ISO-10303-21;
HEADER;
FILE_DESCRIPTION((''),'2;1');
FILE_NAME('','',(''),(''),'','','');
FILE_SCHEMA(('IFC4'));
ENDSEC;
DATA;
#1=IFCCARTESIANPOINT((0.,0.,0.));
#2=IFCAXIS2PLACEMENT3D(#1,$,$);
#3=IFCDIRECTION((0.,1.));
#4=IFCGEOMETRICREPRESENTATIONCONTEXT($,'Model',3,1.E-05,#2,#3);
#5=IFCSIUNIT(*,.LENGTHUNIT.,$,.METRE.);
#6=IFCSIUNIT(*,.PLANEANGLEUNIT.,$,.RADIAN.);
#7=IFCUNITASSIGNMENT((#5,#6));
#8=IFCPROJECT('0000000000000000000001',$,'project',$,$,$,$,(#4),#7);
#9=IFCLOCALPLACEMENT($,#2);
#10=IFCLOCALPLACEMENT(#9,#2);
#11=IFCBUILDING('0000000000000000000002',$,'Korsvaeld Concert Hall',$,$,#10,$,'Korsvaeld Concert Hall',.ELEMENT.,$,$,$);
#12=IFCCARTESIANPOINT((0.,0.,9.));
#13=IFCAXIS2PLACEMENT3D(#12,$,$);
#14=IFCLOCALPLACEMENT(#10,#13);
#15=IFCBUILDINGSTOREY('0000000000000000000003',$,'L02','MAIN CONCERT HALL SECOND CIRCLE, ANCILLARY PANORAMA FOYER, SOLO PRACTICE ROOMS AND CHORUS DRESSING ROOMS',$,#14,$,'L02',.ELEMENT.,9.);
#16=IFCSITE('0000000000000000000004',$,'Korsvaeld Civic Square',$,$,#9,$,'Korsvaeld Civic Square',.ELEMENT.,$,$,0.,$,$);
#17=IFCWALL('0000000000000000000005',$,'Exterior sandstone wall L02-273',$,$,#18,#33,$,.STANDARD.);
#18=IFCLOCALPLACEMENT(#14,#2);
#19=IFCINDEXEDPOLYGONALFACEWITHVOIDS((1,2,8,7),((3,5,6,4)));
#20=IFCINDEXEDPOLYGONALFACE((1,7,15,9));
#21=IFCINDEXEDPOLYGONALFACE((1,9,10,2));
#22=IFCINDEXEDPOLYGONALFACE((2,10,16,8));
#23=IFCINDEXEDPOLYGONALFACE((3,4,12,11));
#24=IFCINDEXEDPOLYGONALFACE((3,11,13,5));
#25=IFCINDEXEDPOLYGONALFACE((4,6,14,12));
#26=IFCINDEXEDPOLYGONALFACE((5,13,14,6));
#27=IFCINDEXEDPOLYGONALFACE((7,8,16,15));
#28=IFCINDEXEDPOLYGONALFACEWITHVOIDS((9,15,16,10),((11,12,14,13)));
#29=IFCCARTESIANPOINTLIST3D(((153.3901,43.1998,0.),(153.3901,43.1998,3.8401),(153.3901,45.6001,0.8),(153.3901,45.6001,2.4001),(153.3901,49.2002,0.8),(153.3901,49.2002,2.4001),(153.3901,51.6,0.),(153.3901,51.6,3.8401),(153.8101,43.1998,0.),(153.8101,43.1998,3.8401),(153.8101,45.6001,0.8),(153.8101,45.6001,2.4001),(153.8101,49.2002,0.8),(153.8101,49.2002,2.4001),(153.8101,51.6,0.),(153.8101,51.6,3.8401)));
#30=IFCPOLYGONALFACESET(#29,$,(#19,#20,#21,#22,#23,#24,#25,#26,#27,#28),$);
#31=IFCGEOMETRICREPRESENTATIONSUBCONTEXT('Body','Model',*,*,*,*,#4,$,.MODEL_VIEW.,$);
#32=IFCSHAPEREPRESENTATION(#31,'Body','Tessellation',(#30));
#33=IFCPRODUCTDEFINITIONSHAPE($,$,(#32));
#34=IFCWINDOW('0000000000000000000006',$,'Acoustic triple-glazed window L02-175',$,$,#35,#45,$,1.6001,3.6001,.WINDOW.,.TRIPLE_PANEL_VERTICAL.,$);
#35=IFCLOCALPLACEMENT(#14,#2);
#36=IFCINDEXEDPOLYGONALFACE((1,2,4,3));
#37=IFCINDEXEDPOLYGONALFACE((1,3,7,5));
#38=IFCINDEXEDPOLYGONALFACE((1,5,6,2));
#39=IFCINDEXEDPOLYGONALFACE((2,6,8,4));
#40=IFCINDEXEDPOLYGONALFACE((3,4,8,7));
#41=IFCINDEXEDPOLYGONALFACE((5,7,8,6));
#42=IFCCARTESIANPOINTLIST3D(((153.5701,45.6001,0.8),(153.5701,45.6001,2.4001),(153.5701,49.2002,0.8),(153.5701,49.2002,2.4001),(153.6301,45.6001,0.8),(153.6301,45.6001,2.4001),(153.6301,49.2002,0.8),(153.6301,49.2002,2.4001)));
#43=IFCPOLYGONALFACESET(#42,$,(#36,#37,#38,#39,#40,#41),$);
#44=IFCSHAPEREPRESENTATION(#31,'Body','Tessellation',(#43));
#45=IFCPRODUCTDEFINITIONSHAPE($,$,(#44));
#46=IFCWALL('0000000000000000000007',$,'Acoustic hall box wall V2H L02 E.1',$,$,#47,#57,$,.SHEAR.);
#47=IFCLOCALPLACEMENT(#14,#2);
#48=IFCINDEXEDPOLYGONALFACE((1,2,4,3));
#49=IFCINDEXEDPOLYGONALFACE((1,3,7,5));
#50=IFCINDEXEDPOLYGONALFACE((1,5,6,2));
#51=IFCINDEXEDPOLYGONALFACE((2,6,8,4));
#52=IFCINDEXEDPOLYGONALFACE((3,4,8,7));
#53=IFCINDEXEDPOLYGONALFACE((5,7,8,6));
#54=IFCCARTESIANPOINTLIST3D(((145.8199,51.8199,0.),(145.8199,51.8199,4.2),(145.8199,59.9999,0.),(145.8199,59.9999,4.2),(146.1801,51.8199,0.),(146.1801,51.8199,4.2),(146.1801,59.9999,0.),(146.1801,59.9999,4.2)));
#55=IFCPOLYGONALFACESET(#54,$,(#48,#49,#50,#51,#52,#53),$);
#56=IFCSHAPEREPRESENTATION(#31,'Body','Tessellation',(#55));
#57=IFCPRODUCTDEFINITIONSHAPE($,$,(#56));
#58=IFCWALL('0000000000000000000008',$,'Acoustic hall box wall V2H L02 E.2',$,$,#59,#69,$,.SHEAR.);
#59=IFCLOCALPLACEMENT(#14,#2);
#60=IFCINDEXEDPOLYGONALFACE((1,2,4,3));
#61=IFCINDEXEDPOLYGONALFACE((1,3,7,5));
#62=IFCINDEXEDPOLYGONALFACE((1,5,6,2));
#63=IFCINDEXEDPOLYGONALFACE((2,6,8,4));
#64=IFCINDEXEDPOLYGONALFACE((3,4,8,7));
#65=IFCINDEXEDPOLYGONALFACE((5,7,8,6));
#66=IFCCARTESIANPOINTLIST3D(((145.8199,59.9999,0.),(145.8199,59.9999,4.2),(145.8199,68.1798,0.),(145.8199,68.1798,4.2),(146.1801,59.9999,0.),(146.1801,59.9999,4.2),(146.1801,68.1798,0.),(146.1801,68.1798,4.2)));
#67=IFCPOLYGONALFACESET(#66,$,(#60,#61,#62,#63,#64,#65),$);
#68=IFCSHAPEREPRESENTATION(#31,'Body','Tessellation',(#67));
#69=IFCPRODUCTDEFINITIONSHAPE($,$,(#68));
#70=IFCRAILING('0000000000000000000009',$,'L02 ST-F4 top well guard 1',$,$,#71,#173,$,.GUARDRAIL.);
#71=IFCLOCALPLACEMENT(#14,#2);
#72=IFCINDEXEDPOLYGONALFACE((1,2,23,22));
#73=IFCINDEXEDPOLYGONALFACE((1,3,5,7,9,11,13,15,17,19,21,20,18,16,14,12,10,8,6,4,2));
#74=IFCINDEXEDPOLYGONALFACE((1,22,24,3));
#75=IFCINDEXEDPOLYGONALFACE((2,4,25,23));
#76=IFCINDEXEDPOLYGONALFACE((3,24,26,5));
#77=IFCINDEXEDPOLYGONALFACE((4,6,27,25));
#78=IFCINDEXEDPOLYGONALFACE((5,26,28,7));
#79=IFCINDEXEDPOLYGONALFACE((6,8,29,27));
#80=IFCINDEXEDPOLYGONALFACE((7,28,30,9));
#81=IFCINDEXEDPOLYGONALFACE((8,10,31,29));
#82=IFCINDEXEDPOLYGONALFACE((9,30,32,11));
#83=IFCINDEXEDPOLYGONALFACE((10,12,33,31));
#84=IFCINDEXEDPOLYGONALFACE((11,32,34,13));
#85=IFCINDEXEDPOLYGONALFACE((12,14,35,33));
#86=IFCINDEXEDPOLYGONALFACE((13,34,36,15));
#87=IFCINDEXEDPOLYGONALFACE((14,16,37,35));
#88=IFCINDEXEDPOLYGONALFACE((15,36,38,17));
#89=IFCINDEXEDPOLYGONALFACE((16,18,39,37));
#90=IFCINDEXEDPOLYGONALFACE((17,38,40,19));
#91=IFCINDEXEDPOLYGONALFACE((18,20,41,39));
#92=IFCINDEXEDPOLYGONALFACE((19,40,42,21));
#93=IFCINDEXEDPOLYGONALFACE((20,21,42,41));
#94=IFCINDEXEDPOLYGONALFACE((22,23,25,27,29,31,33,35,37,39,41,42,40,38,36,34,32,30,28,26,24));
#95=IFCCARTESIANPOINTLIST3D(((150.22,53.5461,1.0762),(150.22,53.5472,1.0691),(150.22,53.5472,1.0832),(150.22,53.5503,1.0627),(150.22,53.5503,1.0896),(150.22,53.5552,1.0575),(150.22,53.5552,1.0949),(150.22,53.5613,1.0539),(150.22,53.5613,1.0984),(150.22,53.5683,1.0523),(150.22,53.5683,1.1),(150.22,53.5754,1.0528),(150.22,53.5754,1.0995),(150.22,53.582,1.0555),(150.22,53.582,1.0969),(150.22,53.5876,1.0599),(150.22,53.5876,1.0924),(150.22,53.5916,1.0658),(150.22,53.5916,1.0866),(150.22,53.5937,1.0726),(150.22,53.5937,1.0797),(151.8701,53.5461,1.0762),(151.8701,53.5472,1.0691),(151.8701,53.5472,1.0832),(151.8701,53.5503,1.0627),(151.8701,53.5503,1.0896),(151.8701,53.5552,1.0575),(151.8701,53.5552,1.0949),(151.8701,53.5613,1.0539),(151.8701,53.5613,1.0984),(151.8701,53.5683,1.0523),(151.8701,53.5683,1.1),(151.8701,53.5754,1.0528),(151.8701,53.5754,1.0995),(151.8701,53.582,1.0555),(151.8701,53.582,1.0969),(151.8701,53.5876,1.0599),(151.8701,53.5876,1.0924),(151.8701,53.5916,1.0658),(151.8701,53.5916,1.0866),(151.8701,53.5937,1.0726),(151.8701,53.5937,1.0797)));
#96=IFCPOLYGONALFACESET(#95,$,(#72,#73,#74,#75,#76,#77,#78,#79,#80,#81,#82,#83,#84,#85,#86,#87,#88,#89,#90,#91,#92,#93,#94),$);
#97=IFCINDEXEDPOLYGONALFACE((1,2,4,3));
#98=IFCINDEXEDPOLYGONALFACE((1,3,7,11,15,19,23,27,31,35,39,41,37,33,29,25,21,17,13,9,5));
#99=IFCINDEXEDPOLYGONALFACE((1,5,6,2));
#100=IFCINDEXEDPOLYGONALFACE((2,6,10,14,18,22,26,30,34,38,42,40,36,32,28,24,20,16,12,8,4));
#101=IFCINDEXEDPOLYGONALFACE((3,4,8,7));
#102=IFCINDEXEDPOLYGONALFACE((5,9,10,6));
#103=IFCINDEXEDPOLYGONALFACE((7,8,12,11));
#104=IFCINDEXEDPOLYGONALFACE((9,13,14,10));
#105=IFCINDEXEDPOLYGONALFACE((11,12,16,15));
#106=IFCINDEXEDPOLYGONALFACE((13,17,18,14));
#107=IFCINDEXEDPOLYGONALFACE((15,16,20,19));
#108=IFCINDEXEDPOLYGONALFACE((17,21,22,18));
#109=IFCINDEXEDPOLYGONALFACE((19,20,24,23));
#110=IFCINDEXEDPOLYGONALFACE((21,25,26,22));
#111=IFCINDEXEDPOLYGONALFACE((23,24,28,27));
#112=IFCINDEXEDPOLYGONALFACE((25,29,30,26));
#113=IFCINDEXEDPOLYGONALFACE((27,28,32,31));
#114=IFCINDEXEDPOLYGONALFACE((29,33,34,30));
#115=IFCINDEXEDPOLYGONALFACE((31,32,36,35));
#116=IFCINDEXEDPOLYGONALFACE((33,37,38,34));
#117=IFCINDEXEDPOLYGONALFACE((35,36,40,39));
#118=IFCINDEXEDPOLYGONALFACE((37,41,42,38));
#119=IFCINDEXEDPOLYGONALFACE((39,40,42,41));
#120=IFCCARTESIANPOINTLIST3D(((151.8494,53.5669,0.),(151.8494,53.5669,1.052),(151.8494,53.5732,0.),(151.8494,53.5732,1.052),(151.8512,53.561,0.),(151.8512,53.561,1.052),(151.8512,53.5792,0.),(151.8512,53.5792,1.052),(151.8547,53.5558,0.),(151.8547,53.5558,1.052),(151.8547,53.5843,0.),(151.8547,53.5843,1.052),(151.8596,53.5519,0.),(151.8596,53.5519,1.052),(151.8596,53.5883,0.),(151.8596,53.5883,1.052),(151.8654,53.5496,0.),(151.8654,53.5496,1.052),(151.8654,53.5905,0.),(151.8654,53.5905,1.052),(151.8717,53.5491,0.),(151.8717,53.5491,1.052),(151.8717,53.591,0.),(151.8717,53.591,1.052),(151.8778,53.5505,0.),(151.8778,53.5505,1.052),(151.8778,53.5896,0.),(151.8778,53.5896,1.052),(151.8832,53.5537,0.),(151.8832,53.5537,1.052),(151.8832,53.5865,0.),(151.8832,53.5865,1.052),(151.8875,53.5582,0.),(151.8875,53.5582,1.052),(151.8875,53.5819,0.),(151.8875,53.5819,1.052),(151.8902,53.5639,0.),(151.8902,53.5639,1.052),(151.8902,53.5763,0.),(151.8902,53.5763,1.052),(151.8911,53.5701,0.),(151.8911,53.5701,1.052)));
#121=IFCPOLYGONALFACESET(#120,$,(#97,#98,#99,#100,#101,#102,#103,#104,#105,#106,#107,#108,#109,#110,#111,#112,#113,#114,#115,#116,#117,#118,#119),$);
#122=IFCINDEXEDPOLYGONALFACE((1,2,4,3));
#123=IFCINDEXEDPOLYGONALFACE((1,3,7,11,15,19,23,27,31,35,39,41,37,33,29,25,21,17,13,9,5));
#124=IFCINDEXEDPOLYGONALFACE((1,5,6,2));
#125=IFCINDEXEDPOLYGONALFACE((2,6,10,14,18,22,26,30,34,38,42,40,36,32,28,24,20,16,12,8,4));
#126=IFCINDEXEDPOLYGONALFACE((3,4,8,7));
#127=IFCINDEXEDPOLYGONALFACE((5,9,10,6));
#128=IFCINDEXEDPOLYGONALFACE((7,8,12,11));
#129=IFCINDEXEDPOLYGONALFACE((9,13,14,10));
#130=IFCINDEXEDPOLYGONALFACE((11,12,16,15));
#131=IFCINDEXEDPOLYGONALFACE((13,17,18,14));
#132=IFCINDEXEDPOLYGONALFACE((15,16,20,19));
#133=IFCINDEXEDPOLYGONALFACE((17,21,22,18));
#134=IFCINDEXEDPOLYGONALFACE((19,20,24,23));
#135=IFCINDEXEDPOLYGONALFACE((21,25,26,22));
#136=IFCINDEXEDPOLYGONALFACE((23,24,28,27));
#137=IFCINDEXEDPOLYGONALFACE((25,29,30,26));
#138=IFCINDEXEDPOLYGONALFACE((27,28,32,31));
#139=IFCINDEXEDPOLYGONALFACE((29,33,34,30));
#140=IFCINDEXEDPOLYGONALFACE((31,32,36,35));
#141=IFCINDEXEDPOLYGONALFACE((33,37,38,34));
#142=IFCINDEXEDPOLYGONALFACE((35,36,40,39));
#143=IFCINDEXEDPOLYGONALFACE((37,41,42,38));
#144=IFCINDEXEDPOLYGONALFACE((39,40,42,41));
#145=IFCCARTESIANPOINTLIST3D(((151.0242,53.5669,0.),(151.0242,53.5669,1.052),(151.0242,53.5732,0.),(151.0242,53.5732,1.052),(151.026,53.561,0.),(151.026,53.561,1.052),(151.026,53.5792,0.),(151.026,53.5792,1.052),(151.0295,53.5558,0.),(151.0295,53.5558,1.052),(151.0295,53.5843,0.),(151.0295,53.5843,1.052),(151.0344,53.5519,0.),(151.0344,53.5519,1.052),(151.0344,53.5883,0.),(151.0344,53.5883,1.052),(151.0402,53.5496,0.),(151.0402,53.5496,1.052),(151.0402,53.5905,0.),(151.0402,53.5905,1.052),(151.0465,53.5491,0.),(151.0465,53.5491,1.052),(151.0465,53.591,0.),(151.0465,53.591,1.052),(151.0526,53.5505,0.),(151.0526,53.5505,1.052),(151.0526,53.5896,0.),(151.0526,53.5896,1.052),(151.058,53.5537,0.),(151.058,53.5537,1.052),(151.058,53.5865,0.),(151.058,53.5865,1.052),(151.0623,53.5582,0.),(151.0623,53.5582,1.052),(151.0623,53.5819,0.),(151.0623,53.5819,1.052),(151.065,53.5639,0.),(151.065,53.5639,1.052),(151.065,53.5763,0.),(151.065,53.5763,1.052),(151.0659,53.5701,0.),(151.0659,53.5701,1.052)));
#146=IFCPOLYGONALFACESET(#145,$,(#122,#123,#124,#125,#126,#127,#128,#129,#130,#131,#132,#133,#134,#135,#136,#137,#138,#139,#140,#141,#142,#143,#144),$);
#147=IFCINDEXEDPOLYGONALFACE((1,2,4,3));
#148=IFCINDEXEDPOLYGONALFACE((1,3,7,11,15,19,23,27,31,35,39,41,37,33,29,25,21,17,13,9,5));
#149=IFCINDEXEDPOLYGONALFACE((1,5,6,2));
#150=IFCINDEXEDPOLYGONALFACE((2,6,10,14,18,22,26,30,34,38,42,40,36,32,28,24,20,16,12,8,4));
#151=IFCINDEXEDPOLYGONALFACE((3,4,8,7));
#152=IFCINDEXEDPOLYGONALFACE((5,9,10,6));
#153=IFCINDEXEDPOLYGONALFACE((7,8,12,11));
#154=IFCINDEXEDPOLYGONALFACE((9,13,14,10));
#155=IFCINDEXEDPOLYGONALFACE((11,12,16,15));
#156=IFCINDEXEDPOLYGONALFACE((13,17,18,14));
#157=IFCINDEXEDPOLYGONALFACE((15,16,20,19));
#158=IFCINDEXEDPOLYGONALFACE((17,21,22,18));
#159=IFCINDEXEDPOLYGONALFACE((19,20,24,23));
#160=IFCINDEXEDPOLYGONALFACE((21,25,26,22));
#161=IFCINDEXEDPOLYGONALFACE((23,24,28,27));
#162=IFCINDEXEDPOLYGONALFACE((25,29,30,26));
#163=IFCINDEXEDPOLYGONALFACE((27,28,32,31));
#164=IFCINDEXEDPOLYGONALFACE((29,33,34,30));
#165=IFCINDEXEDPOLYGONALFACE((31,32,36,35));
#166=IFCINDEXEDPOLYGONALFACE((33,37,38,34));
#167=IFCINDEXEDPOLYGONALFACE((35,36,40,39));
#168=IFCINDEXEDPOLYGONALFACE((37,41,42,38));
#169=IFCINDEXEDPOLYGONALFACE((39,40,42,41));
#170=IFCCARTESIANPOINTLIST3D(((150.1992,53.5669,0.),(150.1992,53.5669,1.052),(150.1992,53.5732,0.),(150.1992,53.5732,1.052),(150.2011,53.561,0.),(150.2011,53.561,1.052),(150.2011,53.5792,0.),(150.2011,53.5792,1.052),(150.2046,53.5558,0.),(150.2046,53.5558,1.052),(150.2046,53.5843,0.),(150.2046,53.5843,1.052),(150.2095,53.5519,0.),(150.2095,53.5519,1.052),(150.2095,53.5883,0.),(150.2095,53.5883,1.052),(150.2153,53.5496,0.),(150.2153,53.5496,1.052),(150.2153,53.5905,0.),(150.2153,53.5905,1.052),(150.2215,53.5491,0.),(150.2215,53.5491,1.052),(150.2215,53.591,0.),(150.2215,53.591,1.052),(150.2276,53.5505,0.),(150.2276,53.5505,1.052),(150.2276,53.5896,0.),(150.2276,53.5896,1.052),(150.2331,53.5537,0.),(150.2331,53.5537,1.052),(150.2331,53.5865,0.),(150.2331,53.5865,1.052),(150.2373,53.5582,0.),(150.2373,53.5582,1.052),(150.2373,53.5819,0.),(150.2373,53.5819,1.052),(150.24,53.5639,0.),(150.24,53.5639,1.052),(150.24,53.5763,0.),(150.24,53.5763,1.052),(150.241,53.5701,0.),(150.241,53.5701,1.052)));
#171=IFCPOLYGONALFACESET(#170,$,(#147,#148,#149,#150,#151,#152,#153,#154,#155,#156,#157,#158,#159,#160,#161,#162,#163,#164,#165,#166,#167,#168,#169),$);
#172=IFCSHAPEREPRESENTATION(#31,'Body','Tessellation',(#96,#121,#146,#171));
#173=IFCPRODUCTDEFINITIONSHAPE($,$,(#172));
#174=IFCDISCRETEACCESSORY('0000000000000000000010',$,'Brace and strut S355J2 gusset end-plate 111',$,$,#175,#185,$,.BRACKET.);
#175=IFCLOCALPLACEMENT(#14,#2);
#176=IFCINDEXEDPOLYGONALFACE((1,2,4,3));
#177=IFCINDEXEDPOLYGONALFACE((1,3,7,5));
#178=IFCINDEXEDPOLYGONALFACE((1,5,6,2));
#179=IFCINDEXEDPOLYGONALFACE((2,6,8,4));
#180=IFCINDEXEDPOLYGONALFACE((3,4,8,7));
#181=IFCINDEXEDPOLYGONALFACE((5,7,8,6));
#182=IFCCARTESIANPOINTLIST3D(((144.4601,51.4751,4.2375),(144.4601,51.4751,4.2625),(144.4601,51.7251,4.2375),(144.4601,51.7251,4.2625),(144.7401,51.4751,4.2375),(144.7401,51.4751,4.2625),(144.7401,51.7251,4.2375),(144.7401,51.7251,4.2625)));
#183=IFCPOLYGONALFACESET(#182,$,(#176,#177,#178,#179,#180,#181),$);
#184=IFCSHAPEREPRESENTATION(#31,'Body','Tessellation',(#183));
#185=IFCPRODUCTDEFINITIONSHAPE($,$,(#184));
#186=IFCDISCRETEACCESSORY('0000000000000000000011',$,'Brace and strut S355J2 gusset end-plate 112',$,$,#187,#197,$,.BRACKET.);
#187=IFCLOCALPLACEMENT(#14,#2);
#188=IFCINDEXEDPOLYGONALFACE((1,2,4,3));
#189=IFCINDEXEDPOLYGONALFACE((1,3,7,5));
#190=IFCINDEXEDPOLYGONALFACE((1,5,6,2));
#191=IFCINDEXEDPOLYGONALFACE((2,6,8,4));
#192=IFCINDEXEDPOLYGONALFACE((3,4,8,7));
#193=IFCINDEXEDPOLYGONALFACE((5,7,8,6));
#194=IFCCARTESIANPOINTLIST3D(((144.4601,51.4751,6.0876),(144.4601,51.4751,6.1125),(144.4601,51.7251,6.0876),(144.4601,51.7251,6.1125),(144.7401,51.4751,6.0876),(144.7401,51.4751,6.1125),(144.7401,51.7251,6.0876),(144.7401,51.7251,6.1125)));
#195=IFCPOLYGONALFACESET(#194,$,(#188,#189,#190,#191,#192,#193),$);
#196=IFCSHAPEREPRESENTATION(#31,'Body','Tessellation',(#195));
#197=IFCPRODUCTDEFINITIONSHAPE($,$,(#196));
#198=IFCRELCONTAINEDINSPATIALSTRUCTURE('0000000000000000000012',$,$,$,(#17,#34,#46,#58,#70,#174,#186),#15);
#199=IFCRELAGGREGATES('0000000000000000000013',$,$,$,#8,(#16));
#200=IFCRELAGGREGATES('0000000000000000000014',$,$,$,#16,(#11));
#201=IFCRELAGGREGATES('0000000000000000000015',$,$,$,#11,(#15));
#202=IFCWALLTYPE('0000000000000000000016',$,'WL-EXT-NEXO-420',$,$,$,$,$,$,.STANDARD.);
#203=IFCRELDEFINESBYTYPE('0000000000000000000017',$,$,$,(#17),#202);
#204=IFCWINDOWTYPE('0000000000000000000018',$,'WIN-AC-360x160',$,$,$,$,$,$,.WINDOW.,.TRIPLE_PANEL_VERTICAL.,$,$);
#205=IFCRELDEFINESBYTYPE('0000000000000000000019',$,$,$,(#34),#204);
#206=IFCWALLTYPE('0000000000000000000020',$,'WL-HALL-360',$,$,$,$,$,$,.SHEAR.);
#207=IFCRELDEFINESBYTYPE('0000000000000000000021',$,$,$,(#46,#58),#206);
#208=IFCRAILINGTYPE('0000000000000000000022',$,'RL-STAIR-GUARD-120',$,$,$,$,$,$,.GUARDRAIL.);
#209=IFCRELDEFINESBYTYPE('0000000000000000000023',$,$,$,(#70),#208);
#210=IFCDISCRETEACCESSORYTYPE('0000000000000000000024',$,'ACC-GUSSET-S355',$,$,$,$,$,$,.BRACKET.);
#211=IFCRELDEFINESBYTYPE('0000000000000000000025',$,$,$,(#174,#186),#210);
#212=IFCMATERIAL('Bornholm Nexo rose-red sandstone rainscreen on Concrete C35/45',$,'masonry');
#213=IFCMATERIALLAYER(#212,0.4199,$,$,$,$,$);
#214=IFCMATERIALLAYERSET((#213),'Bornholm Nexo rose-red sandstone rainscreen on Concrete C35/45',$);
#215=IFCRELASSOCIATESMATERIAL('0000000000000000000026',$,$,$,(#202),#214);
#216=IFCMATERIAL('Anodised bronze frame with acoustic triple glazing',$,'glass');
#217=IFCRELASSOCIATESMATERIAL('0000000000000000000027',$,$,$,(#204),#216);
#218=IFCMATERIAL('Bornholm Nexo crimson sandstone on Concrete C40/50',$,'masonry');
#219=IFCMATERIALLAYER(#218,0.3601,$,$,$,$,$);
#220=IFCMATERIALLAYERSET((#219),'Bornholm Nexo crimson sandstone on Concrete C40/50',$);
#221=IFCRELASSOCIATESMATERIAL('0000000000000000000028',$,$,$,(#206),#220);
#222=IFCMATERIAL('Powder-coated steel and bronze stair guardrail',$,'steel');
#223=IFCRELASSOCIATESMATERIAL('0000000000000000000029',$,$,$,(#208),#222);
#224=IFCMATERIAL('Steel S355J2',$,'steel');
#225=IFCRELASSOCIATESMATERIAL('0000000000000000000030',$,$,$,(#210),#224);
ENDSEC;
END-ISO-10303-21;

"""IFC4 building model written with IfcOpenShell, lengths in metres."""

from ifc_helpers import new_model, si_unit, direction, frame, frame_2d, origin, origin_2d, place, context, subcontext, project, spatial, rectangle, circle, extrude, material, layer, layer_set, type_object, element, fill, save


model = new_model("IFC4")

# Units and contexts
model_context = context("Model", 3, precision=1e-05, world=origin(), true_north=direction((0.0, 1.0)))
body_context = subcontext(model_context, "Body", "Model", "MODEL_VIEW")
ifc_project = project(units=[si_unit("LENGTHUNIT", "METRE"), si_unit("PLANEANGLEUNIT", "RADIAN")], contexts=[model_context])

# Site, building, storey
site_placement = place(None, origin())
site = spatial("IfcSite", under=ifc_project, at=site_placement, Name="Korsvaeld Civic Square", LongName="Korsvaeld Civic Square", CompositionType="ELEMENT", RefElevation=0.0)
building_placement = place(site_placement, origin())
building = spatial("IfcBuilding", under=site, at=building_placement, Name="Korsvaeld Concert Hall", LongName="Korsvaeld Concert Hall", CompositionType="ELEMENT")
storey_placement = place(building_placement, frame((0.0, 0.0, 9.0)))
storey = spatial("IfcBuildingStorey", under=building, at=storey_placement, Name="L02", Description="MAIN CONCERT HALL SECOND CIRCLE, ANCILLARY PANORAMA FOYER, SOLO PRACTICE ROOMS AND CHORUS DRESSING ROOMS", LongName="L02", CompositionType="ELEMENT", Elevation=9.0)

# Shared definitions
ifc_material_1 = material(Name="Steel S355J2", Category="steel")

# Wall, opening, window
ifc_material_2 = material(Name="Bornholm Nexo rose-red sandstone rainscreen on Concrete C35/45", Category="masonry")
ifc_layer_1 = layer(ifc_material_2, 0.4199)
ifc_layer_set_1 = layer_set([ifc_layer_1], Name="Bornholm Nexo rose-red sandstone rainscreen on Concrete C35/45")
wall_type_1 = type_object("IfcWallType", Name="WL-EXT-NEXO-420", PredefinedType="STANDARD", material=ifc_layer_set_1)
wall_1_placement = place(storey_placement, frame((153.6001, 51.6001, 0.0), z_axis=(0.0, 0.0, 1.0), x_axis=(0.0, -1.0, 0.0)))
wall_1 = element("IfcWall", 1, at=wall_1_placement, inside=storey, type_object=wall_type_1, Name="Exterior sandstone wall L02-273", PredefinedType="STANDARD", context=body_context, shape_type="SweptSolid", body=[
    extrude(rectangle(XDim=8.4001, YDim=0.4199, at=frame_2d((4.2002, 0.0))), origin(), (0.0, 0.0, 1.0), 3.8401),
])
opening_1_placement = place(wall_1_placement, frame((2.3999, 0.0, 0.8)))
opening_1 = element("IfcOpeningElement", 2, at=opening_1_placement, cuts=wall_1, PredefinedType="OPENING", context=body_context, shape_type="SweptSolid", body=[
    extrude(rectangle(XDim=3.6001, YDim=1.6001, at=frame_2d((1.8, 0.8))), frame((0.0, 0.22, 0.0), z_axis=(0.0, -1.0, 0.0), x_axis=(1.0, 0.0, 0.0)), (0.0, 0.0, 1.0), 0.4399),
])
ifc_material_3 = material(Name="Anodised bronze frame with acoustic triple glazing", Category="glass")
window_type = type_object("IfcWindowType", Name="WIN-AC-360x160", PartitioningType="TRIPLE_PANEL_VERTICAL", PredefinedType="WINDOW", material=ifc_material_3)
window_placement = place(opening_1_placement, origin())
window = element("IfcWindow", 3, at=window_placement, inside=storey, type_object=window_type, Name="Acoustic triple-glazed window L02-175", OverallHeight=1.6001, OverallWidth=3.6001, PartitioningType="TRIPLE_PANEL_VERTICAL", PredefinedType="WINDOW", context=body_context, shape_type="SweptSolid", body=[
    extrude(rectangle(XDim=3.6001, YDim=1.6001, at=frame_2d((1.8, 0.8))), frame((0.0, 0.03, 0.0), z_axis=(0.0, -1.0, 0.0), x_axis=(1.0, 0.0, 0.0)), (0.0, 0.0, 1.0), 0.0601),
])
fill(opening_1, window)

# Walls
ifc_material_4 = material(Name="Bornholm Nexo crimson sandstone on Concrete C40/50", Category="masonry")
ifc_layer_2 = layer(ifc_material_4, 0.3601)
ifc_layer_set_2 = layer_set([ifc_layer_2], Name="Bornholm Nexo crimson sandstone on Concrete C40/50")
wall_type_2 = type_object("IfcWallType", Name="WL-HALL-360", PredefinedType="SHEAR", material=ifc_layer_set_2)
for number, where, z_axis, x_axis, name in (
    (4, (146.0, 51.8201, 0.0), (0.0, 0.0, 1.0), (0.0, 1.0, 0.0), "Acoustic hall box wall V2H L02 E.1"),
    (5, (146.0, 60.0, 0.0), (0.0, 0.0, 1.0), (0.0, 1.0, 0.0), "Acoustic hall box wall V2H L02 E.2"),
):
    element("IfcWall", number, at=place(storey_placement, frame(where, z_axis=z_axis, x_axis=x_axis)), inside=storey, type_object=wall_type_2, Name=name, PredefinedType="SHEAR", context=body_context, shape_type="SweptSolid", body=[
        extrude(rectangle(XDim=8.1799, YDim=0.3601, at=frame_2d((4.0898, 0.0))), origin(), (0.0, 0.0, 1.0), 4.2),
    ])

# Railing
ifc_material_5 = material(Name="Powder-coated steel and bronze stair guardrail", Category="steel")
railing_type = type_object("IfcRailingType", Name="RL-STAIR-GUARD-120", PredefinedType="GUARDRAIL", material=ifc_material_5)
railing_placement = place(storey_placement, frame((151.8701, 53.5701, 0.0)))
element("IfcRailing", 6, at=railing_placement, inside=storey, type_object=railing_type, Name="L02 ST-F4 top well guard 1", PredefinedType="GUARDRAIL", context=body_context, shape_type="SweptSolid", body=[
    extrude(circle(Radius=0.0239, at=origin_2d()), frame((0.0, 0.0, 1.0762), z_axis=(-1.0, 0.0, 0.0), x_axis=(0.0, -1.0, 0.0)), (0.0, 0.0, 1.0), 1.6501),
    extrude(circle(Radius=0.021, at=origin_2d()), origin(), (0.0, 0.0, 1.0), 1.052),
    extrude(circle(Radius=0.021, at=origin_2d()), frame((-0.8252, 0.0, 0.0)), (0.0, 0.0, 1.0), 1.052),
    extrude(circle(Radius=0.021, at=origin_2d()), frame((-1.6501, 0.0, 0.0)), (0.0, 0.0, 1.0), 1.052),
])

# Discrete accessories
discrete_accessory_type = type_object("IfcDiscreteAccessoryType", Name="ACC-GUSSET-S355", PredefinedType="BRACKET", material=ifc_material_1)
for number, where, z_axis, x_axis, name in (
    (7, (144.6001, 51.6001, 4.2375), (0.0, 0.0, 1.0), (1.0, 0.0, 0.0), "Brace and strut S355J2 gusset end-plate 111"),
    (8, (144.6001, 51.6001, 6.0876), (0.0, 0.0, 1.0), (1.0, 0.0, 0.0), "Brace and strut S355J2 gusset end-plate 112"),
):
    element("IfcDiscreteAccessory", number, at=place(storey_placement, frame(where, z_axis=z_axis, x_axis=x_axis)), inside=storey, type_object=discrete_accessory_type, Name=name, PredefinedType="BRACKET", context=body_context, shape_type="SweptSolid", body=[
        extrude(rectangle(XDim=0.28, YDim=0.25, at=origin_2d()), origin(), (0.0, 0.0, 1.0), 0.0249),
    ])

save(model, "model.ifc")
